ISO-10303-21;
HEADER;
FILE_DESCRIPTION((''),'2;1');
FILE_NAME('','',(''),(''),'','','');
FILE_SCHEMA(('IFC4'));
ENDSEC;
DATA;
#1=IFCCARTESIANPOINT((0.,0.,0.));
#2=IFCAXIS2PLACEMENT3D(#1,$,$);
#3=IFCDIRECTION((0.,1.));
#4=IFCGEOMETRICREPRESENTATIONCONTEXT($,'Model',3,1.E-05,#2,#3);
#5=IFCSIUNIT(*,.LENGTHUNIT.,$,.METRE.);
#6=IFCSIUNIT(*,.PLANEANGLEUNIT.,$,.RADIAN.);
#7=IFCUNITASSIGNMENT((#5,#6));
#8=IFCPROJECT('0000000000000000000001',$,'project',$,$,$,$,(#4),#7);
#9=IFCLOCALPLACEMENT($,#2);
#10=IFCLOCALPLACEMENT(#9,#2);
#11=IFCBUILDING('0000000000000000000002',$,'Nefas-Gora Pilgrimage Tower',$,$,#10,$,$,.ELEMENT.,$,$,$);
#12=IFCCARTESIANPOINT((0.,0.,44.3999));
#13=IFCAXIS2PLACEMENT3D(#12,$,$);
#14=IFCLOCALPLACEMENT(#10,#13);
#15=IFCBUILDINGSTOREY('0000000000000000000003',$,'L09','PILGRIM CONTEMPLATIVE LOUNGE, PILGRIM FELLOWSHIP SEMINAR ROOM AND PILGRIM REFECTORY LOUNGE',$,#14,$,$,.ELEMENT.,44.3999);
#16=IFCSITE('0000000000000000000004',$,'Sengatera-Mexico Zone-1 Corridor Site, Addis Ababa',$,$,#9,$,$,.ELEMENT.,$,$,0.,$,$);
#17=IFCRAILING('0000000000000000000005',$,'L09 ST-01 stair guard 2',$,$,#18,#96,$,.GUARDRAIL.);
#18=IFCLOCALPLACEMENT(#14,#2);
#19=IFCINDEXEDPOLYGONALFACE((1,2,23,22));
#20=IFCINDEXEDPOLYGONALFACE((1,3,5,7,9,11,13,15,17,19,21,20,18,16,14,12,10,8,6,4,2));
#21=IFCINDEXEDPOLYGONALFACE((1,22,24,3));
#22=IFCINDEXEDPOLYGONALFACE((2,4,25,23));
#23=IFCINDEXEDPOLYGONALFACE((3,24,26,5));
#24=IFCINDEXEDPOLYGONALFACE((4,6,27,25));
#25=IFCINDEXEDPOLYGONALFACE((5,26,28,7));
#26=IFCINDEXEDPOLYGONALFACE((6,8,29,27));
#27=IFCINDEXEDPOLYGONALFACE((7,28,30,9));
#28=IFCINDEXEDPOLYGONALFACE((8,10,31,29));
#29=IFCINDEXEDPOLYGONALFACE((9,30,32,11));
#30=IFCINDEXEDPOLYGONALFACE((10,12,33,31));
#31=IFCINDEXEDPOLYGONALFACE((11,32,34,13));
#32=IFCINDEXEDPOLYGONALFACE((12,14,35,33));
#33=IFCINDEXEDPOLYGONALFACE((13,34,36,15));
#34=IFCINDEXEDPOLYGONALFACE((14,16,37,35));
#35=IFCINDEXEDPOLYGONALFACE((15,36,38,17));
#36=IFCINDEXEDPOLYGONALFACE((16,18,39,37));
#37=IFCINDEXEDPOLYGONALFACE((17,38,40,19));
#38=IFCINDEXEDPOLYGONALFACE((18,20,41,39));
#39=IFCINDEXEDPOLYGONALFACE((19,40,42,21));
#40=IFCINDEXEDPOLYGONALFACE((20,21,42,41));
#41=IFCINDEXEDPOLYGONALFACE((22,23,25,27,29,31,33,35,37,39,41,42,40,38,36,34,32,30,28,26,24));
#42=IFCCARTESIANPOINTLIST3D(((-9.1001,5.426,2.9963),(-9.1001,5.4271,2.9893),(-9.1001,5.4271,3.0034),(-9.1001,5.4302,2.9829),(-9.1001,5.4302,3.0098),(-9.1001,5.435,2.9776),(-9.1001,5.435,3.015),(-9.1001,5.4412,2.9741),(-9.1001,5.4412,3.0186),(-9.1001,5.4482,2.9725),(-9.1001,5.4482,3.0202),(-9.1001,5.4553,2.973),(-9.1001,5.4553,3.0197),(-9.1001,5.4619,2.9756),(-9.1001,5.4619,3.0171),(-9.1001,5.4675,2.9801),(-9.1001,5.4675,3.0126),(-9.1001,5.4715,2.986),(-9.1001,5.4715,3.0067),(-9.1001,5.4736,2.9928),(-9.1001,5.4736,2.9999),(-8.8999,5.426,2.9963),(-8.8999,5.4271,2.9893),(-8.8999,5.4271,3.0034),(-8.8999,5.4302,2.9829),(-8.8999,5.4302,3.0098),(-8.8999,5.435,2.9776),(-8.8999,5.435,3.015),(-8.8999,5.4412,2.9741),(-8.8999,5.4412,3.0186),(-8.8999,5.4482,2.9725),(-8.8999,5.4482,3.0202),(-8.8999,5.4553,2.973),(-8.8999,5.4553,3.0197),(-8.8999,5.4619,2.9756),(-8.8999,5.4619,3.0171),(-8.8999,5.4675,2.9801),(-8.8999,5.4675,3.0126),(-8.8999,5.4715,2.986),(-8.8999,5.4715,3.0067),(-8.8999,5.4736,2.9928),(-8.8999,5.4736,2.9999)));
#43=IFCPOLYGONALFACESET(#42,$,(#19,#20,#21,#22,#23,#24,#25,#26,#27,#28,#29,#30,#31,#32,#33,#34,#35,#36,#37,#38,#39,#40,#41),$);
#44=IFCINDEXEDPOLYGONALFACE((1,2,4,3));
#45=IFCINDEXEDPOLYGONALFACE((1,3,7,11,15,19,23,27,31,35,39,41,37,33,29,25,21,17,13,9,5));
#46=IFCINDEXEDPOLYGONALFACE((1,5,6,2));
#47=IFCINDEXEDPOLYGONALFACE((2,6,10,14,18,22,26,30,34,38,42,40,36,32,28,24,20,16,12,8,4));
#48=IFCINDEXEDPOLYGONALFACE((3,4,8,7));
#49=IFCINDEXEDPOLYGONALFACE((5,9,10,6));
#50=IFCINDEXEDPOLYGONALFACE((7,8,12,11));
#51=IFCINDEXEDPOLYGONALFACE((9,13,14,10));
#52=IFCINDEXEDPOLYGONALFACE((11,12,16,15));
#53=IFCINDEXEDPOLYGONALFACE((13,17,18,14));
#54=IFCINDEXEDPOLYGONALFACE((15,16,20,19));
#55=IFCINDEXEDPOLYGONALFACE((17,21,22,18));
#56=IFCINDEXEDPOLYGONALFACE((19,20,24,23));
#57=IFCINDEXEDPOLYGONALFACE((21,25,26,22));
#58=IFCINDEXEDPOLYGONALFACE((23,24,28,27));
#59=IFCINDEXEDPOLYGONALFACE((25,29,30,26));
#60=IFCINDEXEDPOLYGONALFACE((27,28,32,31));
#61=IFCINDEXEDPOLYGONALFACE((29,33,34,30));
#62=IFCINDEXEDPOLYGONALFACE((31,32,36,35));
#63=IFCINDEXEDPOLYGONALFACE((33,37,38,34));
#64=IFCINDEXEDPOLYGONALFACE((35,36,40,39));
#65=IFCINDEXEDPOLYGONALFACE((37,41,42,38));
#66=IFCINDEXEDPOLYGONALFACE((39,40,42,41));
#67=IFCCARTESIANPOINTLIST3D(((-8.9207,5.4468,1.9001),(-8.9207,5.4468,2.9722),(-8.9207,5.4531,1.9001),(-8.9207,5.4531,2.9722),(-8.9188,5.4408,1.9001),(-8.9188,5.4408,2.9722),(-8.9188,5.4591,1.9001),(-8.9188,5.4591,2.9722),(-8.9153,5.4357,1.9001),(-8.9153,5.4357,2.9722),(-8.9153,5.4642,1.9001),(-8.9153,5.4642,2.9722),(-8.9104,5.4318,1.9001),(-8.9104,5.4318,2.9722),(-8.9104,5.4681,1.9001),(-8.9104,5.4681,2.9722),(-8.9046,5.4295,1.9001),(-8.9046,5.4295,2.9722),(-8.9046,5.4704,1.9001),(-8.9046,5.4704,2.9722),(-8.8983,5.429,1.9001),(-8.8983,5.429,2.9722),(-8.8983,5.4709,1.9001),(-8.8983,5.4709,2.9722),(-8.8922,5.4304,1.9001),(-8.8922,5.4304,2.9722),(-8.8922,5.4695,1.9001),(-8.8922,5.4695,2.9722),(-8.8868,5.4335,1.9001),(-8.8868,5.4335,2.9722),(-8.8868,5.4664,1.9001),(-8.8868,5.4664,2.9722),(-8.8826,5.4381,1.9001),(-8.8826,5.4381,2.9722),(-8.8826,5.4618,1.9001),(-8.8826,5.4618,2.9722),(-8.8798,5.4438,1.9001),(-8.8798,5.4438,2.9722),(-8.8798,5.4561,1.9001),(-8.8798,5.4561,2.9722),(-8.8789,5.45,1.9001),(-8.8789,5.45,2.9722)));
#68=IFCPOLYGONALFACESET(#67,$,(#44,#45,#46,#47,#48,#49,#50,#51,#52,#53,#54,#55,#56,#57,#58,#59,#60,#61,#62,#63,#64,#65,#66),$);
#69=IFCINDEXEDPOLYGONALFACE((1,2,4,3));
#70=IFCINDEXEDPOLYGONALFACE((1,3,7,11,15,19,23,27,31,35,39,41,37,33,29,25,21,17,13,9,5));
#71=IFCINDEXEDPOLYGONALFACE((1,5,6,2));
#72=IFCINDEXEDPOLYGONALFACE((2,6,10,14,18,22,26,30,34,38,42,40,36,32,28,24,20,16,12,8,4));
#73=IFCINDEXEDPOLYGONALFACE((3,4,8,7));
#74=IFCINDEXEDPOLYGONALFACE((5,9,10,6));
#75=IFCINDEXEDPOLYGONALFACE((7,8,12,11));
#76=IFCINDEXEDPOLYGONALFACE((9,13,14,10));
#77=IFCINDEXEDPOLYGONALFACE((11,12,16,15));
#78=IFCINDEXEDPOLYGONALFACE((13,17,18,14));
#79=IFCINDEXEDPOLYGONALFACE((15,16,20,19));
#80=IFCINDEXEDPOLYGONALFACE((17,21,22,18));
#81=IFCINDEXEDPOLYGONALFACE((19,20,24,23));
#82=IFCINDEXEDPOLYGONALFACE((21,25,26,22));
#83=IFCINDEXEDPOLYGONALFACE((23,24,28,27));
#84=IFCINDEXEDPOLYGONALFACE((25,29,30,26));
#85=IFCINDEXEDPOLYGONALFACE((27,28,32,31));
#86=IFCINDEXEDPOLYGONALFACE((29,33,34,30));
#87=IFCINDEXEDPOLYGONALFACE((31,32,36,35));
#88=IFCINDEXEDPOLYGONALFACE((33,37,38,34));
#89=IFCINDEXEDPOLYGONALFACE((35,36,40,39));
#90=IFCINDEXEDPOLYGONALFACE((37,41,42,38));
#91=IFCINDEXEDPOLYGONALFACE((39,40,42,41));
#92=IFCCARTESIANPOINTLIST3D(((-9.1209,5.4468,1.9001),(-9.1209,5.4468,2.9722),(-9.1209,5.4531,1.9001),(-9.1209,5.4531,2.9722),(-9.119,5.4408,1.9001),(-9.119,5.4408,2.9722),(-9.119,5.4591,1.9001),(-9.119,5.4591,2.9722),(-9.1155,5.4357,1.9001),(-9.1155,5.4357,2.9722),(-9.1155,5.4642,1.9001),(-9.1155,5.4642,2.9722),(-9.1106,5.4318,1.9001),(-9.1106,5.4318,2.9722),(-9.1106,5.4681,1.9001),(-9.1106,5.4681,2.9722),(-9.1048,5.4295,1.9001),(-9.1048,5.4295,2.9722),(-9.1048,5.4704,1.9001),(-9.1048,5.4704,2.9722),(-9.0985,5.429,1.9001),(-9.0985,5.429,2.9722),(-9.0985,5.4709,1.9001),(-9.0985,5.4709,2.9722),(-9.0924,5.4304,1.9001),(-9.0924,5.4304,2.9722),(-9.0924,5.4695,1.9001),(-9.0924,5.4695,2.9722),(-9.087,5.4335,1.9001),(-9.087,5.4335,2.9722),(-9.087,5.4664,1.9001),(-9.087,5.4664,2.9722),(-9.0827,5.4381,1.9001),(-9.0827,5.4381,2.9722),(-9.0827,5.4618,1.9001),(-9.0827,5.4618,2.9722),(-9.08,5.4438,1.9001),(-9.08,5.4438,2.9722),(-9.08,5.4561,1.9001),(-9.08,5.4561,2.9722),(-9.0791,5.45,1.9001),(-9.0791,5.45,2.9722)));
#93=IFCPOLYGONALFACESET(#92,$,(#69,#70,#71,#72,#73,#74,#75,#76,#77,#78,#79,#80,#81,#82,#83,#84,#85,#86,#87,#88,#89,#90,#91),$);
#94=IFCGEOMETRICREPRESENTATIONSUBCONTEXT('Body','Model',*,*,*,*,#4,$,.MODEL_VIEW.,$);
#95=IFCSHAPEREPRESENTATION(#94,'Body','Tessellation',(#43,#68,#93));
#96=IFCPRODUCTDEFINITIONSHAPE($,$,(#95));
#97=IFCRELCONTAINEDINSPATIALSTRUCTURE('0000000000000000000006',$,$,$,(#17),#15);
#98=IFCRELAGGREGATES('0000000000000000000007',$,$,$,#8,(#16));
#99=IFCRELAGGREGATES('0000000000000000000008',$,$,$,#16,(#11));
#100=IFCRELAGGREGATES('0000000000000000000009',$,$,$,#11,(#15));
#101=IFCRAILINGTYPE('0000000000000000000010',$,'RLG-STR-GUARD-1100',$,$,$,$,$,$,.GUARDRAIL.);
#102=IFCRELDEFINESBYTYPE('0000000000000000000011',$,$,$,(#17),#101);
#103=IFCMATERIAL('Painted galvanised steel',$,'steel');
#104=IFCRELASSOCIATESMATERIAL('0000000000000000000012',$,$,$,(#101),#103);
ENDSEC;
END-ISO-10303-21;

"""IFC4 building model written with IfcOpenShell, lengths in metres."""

from ifc_helpers import new_model, si_unit, direction, frame, origin, origin_2d, place, context, subcontext, project, spatial, circle, extrude, material, type_object, element, save


model = new_model("IFC4")

# Units and contexts
model_context = context("Model", 3, precision=1e-05, world=origin(), true_north=direction((0.0, 1.0)))
body_context = subcontext(model_context, "Body", "Model", "MODEL_VIEW")
ifc_project = project(units=[si_unit("LENGTHUNIT", "METRE"), si_unit("PLANEANGLEUNIT", "RADIAN")], contexts=[model_context])

# Site, building, storey
site_placement = place(None, origin())
site = spatial("IfcSite", under=ifc_project, at=site_placement, Name="Sengatera-Mexico Zone-1 Corridor Site, Addis Ababa", CompositionType="ELEMENT", RefElevation=0.0)
building_placement = place(site_placement, origin())
building = spatial("IfcBuilding", under=site, at=building_placement, Name="Nefas-Gora Pilgrimage Tower", CompositionType="ELEMENT")
storey_placement = place(building_placement, frame((0.0, 0.0, 44.3999)))
storey = spatial("IfcBuildingStorey", under=building, at=storey_placement, Name="L09", Description="PILGRIM CONTEMPLATIVE LOUNGE, PILGRIM FELLOWSHIP SEMINAR ROOM AND PILGRIM REFECTORY LOUNGE", CompositionType="ELEMENT", Elevation=44.3999)

# Railing
ifc_material_1 = material(Name="Painted galvanised steel", Category="steel")
railing_type_1 = type_object("IfcRailingType", Name="RLG-STR-GUARD-1100", PredefinedType="GUARDRAIL", material=ifc_material_1)
railing_1_placement = place(storey_placement, frame((-8.8999, 5.45, 1.9001)))
element("IfcRailing", 1, at=railing_1_placement, inside=storey, type_object=railing_type_1, Name="L09 ST-01 stair guard 2", PredefinedType="GUARDRAIL", context=body_context, shape_type="SweptSolid", body=[
    extrude(circle(Radius=0.0239, at=origin_2d()), frame((0.0, 0.0, 1.0962), z_axis=(-1.0, 0.0, 0.0), x_axis=(0.0, -1.0, 0.0)), (0.0, 0.0, 1.0), 0.2002),
    extrude(circle(Radius=0.021, at=origin_2d()), origin(), (0.0, 0.0, 1.0), 1.072),
    extrude(circle(Radius=0.021, at=origin_2d()), frame((-0.2002, 0.0, 0.0)), (0.0, 0.0, 1.0), 1.072),
])

save(model, "model.ifc")
